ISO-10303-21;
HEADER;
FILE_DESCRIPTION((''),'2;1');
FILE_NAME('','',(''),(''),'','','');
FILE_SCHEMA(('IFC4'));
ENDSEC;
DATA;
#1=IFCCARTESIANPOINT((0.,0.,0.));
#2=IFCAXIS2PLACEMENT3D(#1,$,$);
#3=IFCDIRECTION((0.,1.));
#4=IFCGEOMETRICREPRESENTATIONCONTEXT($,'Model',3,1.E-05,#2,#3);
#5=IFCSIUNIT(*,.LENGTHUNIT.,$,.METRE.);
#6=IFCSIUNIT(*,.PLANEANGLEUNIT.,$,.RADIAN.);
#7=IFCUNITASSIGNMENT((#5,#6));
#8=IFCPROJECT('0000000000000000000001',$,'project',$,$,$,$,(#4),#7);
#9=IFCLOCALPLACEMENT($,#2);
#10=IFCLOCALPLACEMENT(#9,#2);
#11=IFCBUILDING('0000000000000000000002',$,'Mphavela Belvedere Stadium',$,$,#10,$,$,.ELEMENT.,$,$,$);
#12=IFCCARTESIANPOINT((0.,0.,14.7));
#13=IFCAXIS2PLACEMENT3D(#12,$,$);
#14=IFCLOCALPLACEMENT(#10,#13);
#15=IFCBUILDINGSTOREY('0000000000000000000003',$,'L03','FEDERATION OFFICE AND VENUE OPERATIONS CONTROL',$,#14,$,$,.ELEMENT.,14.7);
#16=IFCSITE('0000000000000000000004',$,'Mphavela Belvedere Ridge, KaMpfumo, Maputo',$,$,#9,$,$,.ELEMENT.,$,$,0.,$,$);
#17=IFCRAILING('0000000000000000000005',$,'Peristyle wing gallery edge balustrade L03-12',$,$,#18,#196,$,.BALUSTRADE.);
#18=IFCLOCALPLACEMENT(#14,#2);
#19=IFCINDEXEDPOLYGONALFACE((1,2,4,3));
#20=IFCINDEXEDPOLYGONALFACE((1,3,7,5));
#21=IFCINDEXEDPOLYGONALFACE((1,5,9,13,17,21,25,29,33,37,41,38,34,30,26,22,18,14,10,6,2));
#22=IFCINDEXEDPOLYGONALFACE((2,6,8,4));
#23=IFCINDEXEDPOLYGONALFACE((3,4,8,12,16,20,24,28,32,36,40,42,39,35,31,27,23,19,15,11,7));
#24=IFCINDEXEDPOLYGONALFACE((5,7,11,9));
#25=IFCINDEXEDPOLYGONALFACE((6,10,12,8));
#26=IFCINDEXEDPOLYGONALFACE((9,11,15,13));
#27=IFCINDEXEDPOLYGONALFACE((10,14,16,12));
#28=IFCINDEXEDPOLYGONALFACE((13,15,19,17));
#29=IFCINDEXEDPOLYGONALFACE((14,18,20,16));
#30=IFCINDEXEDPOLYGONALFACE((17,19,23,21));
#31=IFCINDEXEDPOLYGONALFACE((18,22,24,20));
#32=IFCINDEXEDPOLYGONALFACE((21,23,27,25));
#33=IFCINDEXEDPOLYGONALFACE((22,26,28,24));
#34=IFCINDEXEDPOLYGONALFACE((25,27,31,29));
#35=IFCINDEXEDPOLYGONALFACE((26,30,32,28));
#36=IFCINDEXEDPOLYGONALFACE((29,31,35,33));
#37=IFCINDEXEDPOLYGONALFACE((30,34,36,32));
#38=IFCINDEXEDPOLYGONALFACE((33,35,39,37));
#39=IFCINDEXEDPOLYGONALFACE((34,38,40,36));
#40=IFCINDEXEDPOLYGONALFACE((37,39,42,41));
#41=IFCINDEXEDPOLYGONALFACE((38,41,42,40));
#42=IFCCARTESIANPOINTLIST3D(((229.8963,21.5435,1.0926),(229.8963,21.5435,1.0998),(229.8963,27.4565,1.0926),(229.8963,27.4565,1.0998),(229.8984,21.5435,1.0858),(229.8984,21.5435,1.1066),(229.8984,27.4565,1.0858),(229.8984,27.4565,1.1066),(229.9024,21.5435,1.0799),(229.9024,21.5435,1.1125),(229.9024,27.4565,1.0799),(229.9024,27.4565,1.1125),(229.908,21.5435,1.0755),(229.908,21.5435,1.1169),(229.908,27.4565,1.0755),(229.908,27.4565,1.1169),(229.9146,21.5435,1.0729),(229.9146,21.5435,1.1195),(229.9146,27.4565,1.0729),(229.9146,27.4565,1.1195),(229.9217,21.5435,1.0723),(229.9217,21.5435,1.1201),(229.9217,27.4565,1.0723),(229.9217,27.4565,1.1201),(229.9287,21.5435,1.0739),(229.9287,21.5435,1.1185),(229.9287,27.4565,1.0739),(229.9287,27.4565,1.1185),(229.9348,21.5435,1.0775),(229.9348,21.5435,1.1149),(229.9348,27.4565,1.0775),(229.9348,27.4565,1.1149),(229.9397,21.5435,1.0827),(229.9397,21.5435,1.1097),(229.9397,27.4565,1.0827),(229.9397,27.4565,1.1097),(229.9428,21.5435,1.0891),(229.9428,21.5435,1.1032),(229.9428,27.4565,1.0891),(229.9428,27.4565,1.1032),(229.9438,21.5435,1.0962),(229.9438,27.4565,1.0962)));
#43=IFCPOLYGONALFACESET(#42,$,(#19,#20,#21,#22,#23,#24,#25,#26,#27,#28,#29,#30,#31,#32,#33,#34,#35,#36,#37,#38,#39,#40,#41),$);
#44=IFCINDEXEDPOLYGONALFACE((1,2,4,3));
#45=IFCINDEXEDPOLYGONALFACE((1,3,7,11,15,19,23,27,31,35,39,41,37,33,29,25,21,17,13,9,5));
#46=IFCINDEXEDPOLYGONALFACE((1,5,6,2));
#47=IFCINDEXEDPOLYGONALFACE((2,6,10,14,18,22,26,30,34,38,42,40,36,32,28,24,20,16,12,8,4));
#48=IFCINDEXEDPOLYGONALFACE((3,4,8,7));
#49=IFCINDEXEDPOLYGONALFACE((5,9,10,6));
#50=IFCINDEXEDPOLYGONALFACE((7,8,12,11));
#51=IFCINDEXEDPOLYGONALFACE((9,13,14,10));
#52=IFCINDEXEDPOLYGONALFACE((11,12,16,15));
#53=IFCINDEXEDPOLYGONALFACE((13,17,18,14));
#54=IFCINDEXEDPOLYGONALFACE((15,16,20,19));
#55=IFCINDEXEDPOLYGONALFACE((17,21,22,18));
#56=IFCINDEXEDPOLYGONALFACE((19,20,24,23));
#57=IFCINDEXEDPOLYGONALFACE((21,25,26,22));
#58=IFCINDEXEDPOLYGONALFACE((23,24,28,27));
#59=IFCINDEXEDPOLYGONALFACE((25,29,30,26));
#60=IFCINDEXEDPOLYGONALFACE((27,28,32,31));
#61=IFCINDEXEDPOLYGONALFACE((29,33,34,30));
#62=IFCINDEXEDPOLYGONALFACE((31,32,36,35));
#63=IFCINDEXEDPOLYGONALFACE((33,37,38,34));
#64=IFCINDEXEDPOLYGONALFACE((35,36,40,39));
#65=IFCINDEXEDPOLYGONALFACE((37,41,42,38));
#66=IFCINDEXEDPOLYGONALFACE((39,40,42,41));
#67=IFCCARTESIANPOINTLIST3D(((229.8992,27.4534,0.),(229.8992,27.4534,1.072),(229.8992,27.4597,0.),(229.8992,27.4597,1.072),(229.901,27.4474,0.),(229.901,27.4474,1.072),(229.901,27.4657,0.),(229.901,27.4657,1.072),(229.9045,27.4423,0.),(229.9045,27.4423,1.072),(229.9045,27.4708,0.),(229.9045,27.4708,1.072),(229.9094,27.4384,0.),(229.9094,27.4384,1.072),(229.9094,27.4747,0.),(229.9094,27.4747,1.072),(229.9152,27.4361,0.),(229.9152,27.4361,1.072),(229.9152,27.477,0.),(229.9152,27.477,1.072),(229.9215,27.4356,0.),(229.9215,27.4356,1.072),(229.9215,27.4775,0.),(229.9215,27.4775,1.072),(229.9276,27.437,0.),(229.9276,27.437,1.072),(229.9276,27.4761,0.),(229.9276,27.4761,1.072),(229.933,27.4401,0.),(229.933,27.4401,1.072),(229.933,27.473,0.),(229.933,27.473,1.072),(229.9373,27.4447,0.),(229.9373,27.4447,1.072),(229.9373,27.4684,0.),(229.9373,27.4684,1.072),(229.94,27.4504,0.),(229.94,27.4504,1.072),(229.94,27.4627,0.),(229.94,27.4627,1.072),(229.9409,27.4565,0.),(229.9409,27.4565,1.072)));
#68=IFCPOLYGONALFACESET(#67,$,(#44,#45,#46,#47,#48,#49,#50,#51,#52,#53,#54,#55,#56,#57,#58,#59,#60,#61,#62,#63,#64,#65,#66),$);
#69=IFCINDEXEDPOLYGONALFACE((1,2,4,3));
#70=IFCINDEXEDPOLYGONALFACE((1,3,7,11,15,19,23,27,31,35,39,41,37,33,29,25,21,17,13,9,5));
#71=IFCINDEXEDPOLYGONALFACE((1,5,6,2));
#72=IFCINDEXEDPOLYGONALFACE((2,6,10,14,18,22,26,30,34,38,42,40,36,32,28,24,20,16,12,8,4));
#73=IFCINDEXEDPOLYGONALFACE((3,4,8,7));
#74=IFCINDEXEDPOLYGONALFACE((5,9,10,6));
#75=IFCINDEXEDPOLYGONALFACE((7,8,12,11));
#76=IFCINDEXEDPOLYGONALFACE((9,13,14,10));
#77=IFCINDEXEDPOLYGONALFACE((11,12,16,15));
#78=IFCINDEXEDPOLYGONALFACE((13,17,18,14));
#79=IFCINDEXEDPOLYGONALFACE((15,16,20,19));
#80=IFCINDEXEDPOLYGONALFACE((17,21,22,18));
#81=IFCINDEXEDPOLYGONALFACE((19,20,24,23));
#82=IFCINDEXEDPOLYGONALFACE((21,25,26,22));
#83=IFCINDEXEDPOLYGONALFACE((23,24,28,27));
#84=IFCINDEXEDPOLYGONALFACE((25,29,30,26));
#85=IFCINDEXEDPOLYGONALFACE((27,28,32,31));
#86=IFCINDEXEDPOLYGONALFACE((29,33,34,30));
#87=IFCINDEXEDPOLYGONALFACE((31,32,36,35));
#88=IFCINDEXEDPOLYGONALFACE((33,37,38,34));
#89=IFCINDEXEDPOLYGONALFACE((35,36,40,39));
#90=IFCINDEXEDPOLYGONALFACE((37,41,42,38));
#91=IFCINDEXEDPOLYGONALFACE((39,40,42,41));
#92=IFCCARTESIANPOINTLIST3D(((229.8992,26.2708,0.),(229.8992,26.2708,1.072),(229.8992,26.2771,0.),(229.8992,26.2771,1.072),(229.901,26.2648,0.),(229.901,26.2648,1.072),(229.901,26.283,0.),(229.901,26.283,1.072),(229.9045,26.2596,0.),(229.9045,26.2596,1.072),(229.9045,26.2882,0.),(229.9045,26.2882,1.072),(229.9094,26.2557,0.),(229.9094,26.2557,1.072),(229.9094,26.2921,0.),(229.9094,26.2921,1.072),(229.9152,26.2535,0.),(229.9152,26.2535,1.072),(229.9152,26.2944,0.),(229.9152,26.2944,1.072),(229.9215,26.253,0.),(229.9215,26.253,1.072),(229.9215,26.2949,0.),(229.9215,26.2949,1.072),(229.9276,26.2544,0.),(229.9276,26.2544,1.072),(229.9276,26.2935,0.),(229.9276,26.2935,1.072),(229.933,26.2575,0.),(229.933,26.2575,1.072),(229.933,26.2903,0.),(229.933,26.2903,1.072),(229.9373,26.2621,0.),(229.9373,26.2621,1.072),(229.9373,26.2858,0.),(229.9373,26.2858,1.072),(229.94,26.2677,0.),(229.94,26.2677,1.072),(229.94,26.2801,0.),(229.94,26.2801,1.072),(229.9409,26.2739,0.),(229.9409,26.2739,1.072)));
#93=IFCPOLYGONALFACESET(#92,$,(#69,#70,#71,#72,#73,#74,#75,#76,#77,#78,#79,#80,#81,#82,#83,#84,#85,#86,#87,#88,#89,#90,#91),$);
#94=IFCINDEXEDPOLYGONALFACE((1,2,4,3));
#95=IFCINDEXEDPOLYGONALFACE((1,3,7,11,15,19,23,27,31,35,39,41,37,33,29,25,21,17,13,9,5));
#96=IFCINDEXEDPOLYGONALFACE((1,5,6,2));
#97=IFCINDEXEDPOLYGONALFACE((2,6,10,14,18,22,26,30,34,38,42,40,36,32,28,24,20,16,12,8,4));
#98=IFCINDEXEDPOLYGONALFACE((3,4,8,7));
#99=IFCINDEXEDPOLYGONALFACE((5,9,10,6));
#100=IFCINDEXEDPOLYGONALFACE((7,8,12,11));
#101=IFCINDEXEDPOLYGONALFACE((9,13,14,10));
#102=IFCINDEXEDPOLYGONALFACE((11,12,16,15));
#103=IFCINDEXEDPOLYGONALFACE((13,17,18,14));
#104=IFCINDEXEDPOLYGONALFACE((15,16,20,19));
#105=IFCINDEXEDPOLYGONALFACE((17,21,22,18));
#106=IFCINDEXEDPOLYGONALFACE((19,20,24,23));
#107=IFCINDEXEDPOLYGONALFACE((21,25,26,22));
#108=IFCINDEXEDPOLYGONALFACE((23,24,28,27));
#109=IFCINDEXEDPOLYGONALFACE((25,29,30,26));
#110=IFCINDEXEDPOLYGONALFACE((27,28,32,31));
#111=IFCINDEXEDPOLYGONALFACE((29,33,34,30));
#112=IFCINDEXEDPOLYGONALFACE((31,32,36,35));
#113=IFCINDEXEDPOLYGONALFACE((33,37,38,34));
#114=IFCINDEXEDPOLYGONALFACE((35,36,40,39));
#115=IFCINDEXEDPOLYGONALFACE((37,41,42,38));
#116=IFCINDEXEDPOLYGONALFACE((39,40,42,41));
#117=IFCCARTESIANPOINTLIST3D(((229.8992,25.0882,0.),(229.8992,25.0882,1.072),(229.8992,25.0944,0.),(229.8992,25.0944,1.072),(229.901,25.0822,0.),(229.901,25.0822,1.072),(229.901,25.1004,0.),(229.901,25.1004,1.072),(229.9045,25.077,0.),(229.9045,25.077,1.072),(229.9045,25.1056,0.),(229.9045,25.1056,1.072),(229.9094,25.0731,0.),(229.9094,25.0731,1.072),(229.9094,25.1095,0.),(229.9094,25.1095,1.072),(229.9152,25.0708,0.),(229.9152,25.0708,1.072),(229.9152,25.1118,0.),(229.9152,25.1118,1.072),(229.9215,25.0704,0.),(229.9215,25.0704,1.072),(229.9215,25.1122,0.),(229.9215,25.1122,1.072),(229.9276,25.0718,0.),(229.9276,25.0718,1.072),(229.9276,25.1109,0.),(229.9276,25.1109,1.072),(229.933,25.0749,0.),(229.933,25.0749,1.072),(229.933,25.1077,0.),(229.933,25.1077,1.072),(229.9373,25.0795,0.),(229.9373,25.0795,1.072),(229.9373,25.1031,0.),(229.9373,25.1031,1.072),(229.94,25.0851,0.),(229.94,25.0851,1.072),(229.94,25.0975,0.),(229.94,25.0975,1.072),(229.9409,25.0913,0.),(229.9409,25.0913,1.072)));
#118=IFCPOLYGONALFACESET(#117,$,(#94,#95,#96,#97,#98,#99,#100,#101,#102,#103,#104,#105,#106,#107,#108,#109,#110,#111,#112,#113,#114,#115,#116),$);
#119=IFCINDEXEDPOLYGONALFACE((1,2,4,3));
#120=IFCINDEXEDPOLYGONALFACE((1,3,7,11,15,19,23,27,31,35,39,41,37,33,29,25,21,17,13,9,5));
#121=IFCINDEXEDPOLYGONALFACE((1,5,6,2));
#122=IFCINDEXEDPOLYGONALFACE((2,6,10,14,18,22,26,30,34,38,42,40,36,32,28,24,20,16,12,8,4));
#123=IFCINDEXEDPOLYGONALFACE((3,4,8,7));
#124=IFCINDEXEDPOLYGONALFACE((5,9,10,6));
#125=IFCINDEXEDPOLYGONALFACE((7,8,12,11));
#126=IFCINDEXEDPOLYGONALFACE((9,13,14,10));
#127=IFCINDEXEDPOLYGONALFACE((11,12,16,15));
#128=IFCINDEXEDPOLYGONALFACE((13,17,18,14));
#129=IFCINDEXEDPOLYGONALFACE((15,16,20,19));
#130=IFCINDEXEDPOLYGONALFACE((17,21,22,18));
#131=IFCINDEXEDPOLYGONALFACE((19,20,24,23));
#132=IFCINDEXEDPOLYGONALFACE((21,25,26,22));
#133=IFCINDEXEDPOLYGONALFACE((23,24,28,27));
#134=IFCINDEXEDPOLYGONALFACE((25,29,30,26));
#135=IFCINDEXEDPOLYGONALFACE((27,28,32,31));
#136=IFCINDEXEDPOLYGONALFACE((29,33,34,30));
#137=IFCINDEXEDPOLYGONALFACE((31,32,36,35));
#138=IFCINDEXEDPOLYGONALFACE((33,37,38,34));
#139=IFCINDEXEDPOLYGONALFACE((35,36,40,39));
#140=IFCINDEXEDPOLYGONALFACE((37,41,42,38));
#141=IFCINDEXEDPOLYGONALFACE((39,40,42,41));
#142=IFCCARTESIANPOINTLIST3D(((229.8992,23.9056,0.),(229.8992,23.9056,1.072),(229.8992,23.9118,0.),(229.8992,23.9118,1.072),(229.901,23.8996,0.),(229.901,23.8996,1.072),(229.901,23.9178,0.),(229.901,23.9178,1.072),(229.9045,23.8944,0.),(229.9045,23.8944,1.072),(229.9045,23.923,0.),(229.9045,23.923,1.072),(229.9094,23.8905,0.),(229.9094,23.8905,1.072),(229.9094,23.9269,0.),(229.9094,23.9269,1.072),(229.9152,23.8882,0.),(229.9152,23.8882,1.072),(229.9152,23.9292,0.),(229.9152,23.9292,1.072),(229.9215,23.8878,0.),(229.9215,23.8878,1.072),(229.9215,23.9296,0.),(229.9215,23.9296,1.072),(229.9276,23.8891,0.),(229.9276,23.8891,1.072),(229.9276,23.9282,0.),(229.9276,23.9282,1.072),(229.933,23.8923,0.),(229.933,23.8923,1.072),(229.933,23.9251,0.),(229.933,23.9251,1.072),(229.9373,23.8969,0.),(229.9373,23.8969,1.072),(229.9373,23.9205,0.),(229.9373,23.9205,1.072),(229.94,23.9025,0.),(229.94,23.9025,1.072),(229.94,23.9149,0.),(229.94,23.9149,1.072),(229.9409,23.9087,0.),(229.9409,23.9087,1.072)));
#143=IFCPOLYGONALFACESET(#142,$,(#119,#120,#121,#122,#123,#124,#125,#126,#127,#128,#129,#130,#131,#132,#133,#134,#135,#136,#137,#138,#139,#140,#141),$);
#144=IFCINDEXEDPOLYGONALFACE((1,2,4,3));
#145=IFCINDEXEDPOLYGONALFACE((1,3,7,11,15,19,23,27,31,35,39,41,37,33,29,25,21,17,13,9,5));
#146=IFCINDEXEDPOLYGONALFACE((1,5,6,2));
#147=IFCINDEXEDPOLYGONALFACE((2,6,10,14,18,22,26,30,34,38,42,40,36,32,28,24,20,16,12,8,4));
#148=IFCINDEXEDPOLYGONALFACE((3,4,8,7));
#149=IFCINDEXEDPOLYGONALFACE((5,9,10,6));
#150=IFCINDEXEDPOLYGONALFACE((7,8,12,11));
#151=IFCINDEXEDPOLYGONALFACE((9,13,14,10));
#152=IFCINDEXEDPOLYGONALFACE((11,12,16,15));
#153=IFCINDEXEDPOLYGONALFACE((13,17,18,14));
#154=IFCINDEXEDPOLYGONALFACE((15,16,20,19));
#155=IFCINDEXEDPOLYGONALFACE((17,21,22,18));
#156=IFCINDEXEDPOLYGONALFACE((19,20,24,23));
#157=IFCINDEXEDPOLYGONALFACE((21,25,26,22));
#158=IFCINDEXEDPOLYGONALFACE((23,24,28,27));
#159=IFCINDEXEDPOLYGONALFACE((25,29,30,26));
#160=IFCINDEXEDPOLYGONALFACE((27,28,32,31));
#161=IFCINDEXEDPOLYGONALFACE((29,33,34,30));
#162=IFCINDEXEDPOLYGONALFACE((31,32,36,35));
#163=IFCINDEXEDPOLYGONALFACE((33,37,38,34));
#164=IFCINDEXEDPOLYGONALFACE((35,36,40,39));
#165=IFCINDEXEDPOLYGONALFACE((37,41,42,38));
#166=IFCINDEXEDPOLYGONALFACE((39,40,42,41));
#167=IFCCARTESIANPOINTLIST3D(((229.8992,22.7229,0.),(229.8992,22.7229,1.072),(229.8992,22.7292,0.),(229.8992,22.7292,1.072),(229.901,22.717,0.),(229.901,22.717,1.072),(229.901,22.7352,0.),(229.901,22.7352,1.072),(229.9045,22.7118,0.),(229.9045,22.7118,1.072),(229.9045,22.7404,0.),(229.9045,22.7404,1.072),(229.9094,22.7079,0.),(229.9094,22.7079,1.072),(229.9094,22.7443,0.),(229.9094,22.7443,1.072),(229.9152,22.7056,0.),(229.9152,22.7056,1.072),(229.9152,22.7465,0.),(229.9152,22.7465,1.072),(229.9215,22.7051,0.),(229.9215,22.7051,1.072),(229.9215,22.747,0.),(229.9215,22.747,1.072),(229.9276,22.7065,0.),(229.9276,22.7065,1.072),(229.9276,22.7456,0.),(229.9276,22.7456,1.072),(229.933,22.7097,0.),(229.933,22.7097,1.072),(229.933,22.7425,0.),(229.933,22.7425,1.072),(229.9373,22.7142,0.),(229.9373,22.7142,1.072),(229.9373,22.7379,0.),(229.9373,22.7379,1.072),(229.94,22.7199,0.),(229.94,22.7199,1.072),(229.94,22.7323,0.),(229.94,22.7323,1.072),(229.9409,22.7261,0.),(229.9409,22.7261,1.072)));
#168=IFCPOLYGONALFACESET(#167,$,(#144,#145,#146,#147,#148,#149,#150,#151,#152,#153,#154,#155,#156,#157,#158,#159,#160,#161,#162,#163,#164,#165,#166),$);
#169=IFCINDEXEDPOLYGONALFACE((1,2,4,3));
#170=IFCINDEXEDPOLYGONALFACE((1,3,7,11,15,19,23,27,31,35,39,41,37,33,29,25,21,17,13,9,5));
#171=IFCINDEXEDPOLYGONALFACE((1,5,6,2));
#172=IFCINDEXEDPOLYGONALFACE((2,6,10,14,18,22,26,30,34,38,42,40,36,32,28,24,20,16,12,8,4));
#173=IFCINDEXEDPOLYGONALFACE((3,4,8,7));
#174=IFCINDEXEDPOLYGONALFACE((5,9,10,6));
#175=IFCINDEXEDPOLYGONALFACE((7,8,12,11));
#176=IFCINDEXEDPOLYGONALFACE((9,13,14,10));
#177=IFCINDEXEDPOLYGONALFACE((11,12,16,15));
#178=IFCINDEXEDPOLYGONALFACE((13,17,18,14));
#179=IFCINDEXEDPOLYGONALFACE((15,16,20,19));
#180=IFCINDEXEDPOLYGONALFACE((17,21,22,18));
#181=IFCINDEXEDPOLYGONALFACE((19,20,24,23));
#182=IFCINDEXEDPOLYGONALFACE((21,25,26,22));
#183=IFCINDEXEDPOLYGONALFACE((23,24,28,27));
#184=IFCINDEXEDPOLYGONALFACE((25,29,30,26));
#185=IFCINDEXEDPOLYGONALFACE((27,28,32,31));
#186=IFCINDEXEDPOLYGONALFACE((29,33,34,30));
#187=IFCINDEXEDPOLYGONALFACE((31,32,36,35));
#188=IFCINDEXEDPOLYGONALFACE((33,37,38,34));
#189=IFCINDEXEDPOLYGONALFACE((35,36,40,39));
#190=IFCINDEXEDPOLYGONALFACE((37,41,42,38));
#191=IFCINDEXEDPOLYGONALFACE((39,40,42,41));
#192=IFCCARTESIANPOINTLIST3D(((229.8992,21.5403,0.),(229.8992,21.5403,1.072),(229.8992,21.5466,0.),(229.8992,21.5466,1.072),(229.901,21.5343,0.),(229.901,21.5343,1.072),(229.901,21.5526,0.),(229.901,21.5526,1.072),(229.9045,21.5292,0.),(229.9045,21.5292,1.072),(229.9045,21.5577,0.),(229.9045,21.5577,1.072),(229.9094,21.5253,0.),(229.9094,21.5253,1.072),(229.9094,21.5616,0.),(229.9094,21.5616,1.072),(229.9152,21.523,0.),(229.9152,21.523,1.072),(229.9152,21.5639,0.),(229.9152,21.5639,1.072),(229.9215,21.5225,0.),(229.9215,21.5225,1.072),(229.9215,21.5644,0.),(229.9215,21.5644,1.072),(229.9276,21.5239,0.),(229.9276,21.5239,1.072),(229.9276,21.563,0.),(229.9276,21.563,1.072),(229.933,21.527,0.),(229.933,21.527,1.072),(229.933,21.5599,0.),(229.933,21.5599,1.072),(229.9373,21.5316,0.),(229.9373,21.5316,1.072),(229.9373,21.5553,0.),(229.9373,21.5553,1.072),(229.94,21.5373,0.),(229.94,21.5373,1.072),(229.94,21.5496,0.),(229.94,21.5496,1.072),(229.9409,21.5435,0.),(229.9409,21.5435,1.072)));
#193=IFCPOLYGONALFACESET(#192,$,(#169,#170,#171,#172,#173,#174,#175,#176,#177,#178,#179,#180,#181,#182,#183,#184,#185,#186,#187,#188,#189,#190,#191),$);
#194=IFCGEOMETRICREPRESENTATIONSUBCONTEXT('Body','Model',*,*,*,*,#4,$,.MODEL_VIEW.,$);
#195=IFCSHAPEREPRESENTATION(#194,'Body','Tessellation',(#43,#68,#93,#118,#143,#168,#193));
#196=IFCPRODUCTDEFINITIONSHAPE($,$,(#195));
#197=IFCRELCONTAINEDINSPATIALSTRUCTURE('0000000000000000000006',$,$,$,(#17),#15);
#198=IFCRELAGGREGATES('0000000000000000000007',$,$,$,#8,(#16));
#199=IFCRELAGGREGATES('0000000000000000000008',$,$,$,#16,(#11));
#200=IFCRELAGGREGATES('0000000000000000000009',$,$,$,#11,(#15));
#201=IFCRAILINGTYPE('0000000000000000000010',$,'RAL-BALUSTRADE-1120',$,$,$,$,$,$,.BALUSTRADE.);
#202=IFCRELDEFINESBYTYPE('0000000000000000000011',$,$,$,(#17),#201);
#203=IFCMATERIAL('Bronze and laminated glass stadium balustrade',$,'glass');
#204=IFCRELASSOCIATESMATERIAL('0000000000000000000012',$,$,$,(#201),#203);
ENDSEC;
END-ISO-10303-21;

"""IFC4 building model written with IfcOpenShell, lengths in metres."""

from ifc_helpers import new_model, si_unit, direction, frame, origin, origin_2d, place, context, subcontext, project, spatial, circle, extrude, material, type_object, element, save


model = new_model("IFC4")

# Units and contexts
model_context = context("Model", 3, precision=1e-05, world=origin(), true_north=direction((0.0, 1.0)))
body_context = subcontext(model_context, "Body", "Model", "MODEL_VIEW")
ifc_project = project(units=[si_unit("LENGTHUNIT", "METRE"), si_unit("PLANEANGLEUNIT", "RADIAN")], contexts=[model_context])

# Site, building, storey
site_placement = place(None, origin())
site = spatial("IfcSite", under=ifc_project, at=site_placement, Name="Mphavela Belvedere Ridge, KaMpfumo, Maputo", CompositionType="ELEMENT", RefElevation=0.0)
building_placement = place(site_placement, origin())
building = spatial("IfcBuilding", under=site, at=building_placement, Name="Mphavela Belvedere Stadium", CompositionType="ELEMENT")
storey_placement = place(building_placement, frame((0.0, 0.0, 14.7)))
storey = spatial("IfcBuildingStorey", under=building, at=storey_placement, Name="L03", Description="FEDERATION OFFICE AND VENUE OPERATIONS CONTROL", CompositionType="ELEMENT", Elevation=14.7)

# Railing
ifc_material_1 = material(Name="Bronze and laminated glass stadium balustrade", Category="glass")
railing_type = type_object("IfcRailingType", Name="RAL-BALUSTRADE-1120", PredefinedType="BALUSTRADE", material=ifc_material_1)
for number, where, name in (
    (1, (229.9199, 27.4565, 0.0), "Peristyle wing gallery edge balustrade L03-12"),
):
    element("IfcRailing", number, at=place(storey_placement, frame(where)), inside=storey, type_object=railing_type, Name=name, PredefinedType="BALUSTRADE", context=body_context, shape_type="SweptSolid", body=[
        extrude(circle(Radius=0.0239, at=origin_2d()), frame((0.0, 0.0, 1.0962), z_axis=(0.0, -1.0, 0.0), x_axis=(1.0, 0.0, 0.0)), (0.0, 0.0, 1.0), 5.9131),
        extrude(circle(Radius=0.021, at=origin_2d()), origin(), (0.0, 0.0, 1.0), 1.072),
        extrude(circle(Radius=0.021, at=origin_2d()), frame((0.0, -1.1826, 0.0)), (0.0, 0.0, 1.0), 1.072),
        extrude(circle(Radius=0.021, at=origin_2d()), frame((0.0, -2.3652, 0.0)), (0.0, 0.0, 1.0), 1.072),
        extrude(circle(Radius=0.021, at=origin_2d()), frame((0.0, -3.5479, 0.0)), (0.0, 0.0, 1.0), 1.072),
        extrude(circle(Radius=0.021, at=origin_2d()), frame((0.0, -4.7305, 0.0)), (0.0, 0.0, 1.0), 1.072),
        extrude(circle(Radius=0.021, at=origin_2d()), frame((0.0, -5.9131, 0.0)), (0.0, 0.0, 1.0), 1.072),
    ])

save(model, "model.ifc")
